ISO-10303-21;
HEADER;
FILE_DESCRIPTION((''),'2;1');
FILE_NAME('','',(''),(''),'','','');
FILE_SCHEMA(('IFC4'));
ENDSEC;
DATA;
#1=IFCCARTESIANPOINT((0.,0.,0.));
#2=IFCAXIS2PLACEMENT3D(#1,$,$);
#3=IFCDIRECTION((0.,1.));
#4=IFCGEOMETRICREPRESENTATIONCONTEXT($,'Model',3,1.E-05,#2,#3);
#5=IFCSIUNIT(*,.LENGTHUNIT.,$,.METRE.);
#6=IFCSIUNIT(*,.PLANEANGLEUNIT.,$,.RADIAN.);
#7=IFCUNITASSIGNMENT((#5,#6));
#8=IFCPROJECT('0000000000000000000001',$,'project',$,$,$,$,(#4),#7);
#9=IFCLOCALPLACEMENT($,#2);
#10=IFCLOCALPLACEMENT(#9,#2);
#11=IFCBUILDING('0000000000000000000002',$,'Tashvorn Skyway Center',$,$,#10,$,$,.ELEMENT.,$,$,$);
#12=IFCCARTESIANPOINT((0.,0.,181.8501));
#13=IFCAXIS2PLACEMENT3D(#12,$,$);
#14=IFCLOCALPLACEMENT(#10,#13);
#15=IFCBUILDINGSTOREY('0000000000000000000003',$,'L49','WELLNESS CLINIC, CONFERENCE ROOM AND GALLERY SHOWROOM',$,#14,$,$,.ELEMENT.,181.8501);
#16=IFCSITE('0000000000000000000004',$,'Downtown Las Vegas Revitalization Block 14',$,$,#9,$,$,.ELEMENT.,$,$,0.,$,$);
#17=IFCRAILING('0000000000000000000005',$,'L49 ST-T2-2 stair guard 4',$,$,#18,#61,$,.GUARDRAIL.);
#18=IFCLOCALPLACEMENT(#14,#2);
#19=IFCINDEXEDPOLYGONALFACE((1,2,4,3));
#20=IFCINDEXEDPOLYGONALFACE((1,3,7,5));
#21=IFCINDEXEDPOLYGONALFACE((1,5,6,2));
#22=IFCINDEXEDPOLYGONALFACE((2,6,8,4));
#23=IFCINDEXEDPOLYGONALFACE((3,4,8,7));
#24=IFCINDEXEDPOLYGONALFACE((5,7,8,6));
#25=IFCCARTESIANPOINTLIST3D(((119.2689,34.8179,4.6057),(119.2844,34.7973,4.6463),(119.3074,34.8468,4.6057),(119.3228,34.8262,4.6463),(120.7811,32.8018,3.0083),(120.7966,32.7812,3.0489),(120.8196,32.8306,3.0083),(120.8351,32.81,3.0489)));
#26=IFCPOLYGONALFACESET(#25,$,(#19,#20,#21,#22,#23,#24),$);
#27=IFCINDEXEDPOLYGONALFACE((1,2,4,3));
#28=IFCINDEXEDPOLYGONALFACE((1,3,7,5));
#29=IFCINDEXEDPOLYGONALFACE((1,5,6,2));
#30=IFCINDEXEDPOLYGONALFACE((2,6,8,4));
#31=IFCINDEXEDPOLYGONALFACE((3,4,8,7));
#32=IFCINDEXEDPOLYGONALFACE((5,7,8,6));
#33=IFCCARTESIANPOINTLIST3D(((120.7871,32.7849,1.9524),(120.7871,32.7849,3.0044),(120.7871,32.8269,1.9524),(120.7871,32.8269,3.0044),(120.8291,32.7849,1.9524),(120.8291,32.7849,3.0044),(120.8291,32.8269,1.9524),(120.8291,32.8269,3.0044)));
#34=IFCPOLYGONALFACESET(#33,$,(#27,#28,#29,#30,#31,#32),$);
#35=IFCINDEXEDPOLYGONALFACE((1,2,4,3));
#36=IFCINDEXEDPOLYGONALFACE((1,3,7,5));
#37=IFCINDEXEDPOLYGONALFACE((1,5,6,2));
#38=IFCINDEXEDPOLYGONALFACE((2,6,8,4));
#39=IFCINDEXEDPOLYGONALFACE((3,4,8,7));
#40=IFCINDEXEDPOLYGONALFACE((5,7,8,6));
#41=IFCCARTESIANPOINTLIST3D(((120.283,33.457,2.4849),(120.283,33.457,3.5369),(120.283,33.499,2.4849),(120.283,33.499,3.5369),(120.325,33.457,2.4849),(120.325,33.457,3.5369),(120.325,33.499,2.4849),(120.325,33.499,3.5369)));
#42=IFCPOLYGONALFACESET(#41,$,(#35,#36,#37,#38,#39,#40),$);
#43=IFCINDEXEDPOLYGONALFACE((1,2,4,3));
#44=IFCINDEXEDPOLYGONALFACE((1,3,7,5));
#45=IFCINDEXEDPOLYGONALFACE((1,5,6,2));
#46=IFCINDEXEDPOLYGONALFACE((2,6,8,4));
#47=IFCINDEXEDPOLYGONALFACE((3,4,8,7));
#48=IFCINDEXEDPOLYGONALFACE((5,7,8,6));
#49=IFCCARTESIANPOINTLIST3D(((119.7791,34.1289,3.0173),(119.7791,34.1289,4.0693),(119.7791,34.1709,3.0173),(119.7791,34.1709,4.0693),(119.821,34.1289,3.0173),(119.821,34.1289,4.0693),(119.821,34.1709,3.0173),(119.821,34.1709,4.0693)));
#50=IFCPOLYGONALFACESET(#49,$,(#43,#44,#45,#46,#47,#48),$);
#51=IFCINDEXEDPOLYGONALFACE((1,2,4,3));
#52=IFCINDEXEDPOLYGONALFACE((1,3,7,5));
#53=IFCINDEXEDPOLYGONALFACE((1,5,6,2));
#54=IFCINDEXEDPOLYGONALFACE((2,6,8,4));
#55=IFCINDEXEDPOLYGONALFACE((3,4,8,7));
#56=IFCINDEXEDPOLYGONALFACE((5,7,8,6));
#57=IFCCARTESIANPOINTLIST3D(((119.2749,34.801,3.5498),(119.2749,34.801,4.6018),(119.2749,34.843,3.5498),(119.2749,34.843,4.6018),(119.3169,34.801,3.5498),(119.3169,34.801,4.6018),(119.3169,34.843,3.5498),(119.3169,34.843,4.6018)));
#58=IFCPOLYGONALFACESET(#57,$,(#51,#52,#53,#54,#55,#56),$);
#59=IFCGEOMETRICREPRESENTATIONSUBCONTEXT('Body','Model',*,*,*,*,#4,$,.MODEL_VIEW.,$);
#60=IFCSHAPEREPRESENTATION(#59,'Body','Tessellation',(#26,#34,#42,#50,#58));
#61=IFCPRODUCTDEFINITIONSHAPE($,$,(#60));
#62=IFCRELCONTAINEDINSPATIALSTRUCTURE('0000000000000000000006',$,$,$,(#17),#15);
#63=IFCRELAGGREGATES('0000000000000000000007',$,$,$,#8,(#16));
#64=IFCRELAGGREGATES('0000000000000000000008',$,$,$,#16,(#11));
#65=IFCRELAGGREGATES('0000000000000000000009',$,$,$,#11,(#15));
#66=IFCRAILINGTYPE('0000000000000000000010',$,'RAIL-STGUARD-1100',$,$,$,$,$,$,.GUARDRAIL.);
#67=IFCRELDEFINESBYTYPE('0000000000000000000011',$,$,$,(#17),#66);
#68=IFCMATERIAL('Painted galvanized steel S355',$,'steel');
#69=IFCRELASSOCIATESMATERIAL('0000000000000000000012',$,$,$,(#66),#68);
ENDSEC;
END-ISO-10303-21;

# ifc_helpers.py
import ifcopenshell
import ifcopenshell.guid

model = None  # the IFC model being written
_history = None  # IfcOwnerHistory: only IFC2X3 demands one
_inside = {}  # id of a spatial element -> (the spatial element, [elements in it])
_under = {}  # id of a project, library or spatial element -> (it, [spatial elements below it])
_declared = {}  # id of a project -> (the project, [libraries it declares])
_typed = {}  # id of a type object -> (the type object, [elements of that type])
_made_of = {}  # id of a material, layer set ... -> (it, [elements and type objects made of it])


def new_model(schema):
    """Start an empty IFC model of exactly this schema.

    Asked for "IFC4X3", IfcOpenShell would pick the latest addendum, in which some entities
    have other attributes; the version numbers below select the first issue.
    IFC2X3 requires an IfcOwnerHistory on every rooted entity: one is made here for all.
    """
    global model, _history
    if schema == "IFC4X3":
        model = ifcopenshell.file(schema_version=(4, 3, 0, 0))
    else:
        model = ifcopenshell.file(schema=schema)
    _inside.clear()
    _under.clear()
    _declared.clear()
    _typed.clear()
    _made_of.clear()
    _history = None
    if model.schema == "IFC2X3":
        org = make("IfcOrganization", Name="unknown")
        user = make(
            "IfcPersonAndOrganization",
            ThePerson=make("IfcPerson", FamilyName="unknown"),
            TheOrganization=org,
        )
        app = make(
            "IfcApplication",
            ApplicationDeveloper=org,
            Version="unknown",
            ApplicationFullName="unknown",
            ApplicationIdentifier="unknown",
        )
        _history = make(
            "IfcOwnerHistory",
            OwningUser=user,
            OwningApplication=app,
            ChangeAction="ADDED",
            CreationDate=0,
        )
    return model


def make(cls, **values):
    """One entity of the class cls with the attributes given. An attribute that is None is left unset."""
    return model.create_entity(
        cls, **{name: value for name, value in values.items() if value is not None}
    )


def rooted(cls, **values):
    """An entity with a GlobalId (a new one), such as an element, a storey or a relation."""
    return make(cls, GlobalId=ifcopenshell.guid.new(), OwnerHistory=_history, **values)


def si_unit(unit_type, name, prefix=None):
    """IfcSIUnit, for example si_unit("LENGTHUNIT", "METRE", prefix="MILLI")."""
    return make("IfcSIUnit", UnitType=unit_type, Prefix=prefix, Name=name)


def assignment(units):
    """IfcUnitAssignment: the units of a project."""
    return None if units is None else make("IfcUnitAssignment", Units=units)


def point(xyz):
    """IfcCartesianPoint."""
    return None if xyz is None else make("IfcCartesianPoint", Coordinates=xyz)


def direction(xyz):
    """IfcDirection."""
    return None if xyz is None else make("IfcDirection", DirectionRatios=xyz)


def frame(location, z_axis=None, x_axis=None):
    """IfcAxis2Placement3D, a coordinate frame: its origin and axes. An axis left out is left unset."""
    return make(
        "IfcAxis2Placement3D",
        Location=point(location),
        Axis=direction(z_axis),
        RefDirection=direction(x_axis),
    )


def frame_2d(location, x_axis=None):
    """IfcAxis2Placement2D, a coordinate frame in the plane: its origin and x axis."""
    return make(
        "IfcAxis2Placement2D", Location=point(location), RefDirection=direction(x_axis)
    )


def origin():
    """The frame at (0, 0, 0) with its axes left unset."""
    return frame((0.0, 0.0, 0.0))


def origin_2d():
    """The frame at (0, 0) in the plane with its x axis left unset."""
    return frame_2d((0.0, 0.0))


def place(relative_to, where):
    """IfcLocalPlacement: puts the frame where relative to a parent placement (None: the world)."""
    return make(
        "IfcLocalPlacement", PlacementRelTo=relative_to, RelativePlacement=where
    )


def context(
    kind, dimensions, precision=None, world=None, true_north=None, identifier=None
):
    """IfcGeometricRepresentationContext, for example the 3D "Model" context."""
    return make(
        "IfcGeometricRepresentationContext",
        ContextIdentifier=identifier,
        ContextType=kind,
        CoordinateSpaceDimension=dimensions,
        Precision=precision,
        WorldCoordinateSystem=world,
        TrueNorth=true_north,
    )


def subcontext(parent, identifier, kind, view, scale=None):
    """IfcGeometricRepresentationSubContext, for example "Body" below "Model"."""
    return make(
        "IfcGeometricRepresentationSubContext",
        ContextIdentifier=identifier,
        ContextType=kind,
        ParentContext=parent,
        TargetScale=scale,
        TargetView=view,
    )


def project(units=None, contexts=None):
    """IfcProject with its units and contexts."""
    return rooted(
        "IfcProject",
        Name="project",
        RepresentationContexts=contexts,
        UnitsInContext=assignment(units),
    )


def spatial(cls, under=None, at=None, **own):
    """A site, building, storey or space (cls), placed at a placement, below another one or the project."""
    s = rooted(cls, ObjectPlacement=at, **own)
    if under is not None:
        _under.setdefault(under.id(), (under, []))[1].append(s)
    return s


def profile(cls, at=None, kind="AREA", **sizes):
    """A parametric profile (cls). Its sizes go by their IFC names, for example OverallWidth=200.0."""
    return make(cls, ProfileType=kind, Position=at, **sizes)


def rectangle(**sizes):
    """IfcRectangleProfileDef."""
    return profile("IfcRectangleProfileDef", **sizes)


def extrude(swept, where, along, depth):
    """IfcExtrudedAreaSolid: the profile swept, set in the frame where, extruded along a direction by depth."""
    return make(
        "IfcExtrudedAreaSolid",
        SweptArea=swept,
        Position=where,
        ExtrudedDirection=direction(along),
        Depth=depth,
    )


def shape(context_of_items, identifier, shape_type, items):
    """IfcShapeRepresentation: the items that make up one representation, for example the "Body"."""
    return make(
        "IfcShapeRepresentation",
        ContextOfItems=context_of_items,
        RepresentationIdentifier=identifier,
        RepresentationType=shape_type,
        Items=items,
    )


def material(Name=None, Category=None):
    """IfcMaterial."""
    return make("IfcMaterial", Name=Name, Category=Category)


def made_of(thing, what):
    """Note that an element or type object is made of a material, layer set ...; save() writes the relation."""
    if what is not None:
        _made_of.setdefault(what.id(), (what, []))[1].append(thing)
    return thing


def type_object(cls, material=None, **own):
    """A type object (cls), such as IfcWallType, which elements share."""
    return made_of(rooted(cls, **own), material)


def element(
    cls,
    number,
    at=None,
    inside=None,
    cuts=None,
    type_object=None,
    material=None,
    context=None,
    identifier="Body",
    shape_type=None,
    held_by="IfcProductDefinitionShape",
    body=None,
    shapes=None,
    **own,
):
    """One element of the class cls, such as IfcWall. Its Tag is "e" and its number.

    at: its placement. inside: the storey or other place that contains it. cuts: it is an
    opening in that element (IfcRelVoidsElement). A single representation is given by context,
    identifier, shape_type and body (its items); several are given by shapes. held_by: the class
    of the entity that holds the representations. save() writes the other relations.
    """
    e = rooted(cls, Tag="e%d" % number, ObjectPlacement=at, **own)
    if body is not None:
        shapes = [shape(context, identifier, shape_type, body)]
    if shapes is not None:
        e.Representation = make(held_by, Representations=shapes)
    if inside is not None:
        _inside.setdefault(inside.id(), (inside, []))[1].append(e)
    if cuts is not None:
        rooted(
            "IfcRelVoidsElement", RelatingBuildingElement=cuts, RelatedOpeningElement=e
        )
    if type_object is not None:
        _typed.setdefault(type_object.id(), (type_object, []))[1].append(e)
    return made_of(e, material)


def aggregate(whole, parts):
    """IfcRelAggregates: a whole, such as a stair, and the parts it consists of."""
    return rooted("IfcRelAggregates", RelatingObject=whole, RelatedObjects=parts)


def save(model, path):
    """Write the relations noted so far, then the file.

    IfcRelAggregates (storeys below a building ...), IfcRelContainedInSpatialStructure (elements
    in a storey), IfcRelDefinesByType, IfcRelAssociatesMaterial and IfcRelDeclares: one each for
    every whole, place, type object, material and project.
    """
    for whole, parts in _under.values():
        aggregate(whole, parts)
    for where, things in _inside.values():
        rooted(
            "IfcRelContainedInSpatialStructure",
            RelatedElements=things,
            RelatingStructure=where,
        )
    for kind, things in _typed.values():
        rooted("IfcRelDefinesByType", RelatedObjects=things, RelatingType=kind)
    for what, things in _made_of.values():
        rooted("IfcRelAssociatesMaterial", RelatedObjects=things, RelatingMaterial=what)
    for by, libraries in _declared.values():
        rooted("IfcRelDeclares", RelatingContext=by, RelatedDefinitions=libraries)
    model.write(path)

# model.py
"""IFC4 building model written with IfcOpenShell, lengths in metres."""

from ifc_helpers import new_model, si_unit, direction, frame, origin, origin_2d, place, context, subcontext, project, spatial, rectangle, extrude, material, type_object, element, save


model = new_model("IFC4")

# Units and contexts
model_context = context("Model", 3, precision=1e-05, world=origin(), true_north=direction((0.0, 1.0)))
body_context = subcontext(model_context, "Body", "Model", "MODEL_VIEW")
ifc_project = project(units=[si_unit("LENGTHUNIT", "METRE"), si_unit("PLANEANGLEUNIT", "RADIAN")], contexts=[model_context])

# Site, building, storey
site_placement = place(None, origin())
site = spatial("IfcSite", under=ifc_project, at=site_placement, Name="Downtown Las Vegas Revitalization Block 14", CompositionType="ELEMENT", RefElevation=0.0)
building_placement = place(site_placement, origin())
building = spatial("IfcBuilding", under=site, at=building_placement, Name="Tashvorn Skyway Center", CompositionType="ELEMENT")
storey_placement = place(building_placement, frame((0.0, 0.0, 181.8501)))
storey = spatial("IfcBuildingStorey", under=building, at=storey_placement, Name="L49", Description="WELLNESS CLINIC, CONFERENCE ROOM AND GALLERY SHOWROOM", CompositionType="ELEMENT", Elevation=181.8501)

# Railing
ifc_material_1 = material(Name="Painted galvanized steel S355", Category="steel")
railing_type_1 = type_object("IfcRailingType", Name="RAIL-STGUARD-1100", PredefinedType="GUARDRAIL", material=ifc_material_1)
railing_1_placement = place(storey_placement, frame((120.8081, 32.8059, 1.9524)))
element("IfcRailing", 1, at=railing_1_placement, inside=storey, type_object=railing_type_1, Name="L49 ST-T2-2 stair guard 4", PredefinedType="GUARDRAIL", context=body_context, shape_type="SweptSolid", body=[
    extrude(rectangle(XDim=0.0481, YDim=0.0481, at=origin_2d()), frame((0.0, 0.0, 1.0762), z_axis=(-0.506802, 0.675681, 0.535357), x_axis=(-0.799977, -0.600031, 0.0)), (0.0, 0.0, 1.0), 2.9839),
    extrude(rectangle(XDim=0.042, YDim=0.042, at=origin_2d()), origin(), (0.0, 0.0, 1.0), 1.052),
    extrude(rectangle(XDim=0.042, YDim=0.042, at=origin_2d()), frame((-0.5042, 0.6721, 0.5325)), (0.0, 0.0, 1.0), 1.052),
    extrude(rectangle(XDim=0.042, YDim=0.042, at=origin_2d()), frame((-1.0081, 1.344, 1.0649)), (0.0, 0.0, 1.0), 1.052),
    extrude(rectangle(XDim=0.042, YDim=0.042, at=origin_2d()), frame((-1.5122, 2.0161, 1.5974)), (0.0, 0.0, 1.0), 1.052),
])

save(model, "model.ifc")
